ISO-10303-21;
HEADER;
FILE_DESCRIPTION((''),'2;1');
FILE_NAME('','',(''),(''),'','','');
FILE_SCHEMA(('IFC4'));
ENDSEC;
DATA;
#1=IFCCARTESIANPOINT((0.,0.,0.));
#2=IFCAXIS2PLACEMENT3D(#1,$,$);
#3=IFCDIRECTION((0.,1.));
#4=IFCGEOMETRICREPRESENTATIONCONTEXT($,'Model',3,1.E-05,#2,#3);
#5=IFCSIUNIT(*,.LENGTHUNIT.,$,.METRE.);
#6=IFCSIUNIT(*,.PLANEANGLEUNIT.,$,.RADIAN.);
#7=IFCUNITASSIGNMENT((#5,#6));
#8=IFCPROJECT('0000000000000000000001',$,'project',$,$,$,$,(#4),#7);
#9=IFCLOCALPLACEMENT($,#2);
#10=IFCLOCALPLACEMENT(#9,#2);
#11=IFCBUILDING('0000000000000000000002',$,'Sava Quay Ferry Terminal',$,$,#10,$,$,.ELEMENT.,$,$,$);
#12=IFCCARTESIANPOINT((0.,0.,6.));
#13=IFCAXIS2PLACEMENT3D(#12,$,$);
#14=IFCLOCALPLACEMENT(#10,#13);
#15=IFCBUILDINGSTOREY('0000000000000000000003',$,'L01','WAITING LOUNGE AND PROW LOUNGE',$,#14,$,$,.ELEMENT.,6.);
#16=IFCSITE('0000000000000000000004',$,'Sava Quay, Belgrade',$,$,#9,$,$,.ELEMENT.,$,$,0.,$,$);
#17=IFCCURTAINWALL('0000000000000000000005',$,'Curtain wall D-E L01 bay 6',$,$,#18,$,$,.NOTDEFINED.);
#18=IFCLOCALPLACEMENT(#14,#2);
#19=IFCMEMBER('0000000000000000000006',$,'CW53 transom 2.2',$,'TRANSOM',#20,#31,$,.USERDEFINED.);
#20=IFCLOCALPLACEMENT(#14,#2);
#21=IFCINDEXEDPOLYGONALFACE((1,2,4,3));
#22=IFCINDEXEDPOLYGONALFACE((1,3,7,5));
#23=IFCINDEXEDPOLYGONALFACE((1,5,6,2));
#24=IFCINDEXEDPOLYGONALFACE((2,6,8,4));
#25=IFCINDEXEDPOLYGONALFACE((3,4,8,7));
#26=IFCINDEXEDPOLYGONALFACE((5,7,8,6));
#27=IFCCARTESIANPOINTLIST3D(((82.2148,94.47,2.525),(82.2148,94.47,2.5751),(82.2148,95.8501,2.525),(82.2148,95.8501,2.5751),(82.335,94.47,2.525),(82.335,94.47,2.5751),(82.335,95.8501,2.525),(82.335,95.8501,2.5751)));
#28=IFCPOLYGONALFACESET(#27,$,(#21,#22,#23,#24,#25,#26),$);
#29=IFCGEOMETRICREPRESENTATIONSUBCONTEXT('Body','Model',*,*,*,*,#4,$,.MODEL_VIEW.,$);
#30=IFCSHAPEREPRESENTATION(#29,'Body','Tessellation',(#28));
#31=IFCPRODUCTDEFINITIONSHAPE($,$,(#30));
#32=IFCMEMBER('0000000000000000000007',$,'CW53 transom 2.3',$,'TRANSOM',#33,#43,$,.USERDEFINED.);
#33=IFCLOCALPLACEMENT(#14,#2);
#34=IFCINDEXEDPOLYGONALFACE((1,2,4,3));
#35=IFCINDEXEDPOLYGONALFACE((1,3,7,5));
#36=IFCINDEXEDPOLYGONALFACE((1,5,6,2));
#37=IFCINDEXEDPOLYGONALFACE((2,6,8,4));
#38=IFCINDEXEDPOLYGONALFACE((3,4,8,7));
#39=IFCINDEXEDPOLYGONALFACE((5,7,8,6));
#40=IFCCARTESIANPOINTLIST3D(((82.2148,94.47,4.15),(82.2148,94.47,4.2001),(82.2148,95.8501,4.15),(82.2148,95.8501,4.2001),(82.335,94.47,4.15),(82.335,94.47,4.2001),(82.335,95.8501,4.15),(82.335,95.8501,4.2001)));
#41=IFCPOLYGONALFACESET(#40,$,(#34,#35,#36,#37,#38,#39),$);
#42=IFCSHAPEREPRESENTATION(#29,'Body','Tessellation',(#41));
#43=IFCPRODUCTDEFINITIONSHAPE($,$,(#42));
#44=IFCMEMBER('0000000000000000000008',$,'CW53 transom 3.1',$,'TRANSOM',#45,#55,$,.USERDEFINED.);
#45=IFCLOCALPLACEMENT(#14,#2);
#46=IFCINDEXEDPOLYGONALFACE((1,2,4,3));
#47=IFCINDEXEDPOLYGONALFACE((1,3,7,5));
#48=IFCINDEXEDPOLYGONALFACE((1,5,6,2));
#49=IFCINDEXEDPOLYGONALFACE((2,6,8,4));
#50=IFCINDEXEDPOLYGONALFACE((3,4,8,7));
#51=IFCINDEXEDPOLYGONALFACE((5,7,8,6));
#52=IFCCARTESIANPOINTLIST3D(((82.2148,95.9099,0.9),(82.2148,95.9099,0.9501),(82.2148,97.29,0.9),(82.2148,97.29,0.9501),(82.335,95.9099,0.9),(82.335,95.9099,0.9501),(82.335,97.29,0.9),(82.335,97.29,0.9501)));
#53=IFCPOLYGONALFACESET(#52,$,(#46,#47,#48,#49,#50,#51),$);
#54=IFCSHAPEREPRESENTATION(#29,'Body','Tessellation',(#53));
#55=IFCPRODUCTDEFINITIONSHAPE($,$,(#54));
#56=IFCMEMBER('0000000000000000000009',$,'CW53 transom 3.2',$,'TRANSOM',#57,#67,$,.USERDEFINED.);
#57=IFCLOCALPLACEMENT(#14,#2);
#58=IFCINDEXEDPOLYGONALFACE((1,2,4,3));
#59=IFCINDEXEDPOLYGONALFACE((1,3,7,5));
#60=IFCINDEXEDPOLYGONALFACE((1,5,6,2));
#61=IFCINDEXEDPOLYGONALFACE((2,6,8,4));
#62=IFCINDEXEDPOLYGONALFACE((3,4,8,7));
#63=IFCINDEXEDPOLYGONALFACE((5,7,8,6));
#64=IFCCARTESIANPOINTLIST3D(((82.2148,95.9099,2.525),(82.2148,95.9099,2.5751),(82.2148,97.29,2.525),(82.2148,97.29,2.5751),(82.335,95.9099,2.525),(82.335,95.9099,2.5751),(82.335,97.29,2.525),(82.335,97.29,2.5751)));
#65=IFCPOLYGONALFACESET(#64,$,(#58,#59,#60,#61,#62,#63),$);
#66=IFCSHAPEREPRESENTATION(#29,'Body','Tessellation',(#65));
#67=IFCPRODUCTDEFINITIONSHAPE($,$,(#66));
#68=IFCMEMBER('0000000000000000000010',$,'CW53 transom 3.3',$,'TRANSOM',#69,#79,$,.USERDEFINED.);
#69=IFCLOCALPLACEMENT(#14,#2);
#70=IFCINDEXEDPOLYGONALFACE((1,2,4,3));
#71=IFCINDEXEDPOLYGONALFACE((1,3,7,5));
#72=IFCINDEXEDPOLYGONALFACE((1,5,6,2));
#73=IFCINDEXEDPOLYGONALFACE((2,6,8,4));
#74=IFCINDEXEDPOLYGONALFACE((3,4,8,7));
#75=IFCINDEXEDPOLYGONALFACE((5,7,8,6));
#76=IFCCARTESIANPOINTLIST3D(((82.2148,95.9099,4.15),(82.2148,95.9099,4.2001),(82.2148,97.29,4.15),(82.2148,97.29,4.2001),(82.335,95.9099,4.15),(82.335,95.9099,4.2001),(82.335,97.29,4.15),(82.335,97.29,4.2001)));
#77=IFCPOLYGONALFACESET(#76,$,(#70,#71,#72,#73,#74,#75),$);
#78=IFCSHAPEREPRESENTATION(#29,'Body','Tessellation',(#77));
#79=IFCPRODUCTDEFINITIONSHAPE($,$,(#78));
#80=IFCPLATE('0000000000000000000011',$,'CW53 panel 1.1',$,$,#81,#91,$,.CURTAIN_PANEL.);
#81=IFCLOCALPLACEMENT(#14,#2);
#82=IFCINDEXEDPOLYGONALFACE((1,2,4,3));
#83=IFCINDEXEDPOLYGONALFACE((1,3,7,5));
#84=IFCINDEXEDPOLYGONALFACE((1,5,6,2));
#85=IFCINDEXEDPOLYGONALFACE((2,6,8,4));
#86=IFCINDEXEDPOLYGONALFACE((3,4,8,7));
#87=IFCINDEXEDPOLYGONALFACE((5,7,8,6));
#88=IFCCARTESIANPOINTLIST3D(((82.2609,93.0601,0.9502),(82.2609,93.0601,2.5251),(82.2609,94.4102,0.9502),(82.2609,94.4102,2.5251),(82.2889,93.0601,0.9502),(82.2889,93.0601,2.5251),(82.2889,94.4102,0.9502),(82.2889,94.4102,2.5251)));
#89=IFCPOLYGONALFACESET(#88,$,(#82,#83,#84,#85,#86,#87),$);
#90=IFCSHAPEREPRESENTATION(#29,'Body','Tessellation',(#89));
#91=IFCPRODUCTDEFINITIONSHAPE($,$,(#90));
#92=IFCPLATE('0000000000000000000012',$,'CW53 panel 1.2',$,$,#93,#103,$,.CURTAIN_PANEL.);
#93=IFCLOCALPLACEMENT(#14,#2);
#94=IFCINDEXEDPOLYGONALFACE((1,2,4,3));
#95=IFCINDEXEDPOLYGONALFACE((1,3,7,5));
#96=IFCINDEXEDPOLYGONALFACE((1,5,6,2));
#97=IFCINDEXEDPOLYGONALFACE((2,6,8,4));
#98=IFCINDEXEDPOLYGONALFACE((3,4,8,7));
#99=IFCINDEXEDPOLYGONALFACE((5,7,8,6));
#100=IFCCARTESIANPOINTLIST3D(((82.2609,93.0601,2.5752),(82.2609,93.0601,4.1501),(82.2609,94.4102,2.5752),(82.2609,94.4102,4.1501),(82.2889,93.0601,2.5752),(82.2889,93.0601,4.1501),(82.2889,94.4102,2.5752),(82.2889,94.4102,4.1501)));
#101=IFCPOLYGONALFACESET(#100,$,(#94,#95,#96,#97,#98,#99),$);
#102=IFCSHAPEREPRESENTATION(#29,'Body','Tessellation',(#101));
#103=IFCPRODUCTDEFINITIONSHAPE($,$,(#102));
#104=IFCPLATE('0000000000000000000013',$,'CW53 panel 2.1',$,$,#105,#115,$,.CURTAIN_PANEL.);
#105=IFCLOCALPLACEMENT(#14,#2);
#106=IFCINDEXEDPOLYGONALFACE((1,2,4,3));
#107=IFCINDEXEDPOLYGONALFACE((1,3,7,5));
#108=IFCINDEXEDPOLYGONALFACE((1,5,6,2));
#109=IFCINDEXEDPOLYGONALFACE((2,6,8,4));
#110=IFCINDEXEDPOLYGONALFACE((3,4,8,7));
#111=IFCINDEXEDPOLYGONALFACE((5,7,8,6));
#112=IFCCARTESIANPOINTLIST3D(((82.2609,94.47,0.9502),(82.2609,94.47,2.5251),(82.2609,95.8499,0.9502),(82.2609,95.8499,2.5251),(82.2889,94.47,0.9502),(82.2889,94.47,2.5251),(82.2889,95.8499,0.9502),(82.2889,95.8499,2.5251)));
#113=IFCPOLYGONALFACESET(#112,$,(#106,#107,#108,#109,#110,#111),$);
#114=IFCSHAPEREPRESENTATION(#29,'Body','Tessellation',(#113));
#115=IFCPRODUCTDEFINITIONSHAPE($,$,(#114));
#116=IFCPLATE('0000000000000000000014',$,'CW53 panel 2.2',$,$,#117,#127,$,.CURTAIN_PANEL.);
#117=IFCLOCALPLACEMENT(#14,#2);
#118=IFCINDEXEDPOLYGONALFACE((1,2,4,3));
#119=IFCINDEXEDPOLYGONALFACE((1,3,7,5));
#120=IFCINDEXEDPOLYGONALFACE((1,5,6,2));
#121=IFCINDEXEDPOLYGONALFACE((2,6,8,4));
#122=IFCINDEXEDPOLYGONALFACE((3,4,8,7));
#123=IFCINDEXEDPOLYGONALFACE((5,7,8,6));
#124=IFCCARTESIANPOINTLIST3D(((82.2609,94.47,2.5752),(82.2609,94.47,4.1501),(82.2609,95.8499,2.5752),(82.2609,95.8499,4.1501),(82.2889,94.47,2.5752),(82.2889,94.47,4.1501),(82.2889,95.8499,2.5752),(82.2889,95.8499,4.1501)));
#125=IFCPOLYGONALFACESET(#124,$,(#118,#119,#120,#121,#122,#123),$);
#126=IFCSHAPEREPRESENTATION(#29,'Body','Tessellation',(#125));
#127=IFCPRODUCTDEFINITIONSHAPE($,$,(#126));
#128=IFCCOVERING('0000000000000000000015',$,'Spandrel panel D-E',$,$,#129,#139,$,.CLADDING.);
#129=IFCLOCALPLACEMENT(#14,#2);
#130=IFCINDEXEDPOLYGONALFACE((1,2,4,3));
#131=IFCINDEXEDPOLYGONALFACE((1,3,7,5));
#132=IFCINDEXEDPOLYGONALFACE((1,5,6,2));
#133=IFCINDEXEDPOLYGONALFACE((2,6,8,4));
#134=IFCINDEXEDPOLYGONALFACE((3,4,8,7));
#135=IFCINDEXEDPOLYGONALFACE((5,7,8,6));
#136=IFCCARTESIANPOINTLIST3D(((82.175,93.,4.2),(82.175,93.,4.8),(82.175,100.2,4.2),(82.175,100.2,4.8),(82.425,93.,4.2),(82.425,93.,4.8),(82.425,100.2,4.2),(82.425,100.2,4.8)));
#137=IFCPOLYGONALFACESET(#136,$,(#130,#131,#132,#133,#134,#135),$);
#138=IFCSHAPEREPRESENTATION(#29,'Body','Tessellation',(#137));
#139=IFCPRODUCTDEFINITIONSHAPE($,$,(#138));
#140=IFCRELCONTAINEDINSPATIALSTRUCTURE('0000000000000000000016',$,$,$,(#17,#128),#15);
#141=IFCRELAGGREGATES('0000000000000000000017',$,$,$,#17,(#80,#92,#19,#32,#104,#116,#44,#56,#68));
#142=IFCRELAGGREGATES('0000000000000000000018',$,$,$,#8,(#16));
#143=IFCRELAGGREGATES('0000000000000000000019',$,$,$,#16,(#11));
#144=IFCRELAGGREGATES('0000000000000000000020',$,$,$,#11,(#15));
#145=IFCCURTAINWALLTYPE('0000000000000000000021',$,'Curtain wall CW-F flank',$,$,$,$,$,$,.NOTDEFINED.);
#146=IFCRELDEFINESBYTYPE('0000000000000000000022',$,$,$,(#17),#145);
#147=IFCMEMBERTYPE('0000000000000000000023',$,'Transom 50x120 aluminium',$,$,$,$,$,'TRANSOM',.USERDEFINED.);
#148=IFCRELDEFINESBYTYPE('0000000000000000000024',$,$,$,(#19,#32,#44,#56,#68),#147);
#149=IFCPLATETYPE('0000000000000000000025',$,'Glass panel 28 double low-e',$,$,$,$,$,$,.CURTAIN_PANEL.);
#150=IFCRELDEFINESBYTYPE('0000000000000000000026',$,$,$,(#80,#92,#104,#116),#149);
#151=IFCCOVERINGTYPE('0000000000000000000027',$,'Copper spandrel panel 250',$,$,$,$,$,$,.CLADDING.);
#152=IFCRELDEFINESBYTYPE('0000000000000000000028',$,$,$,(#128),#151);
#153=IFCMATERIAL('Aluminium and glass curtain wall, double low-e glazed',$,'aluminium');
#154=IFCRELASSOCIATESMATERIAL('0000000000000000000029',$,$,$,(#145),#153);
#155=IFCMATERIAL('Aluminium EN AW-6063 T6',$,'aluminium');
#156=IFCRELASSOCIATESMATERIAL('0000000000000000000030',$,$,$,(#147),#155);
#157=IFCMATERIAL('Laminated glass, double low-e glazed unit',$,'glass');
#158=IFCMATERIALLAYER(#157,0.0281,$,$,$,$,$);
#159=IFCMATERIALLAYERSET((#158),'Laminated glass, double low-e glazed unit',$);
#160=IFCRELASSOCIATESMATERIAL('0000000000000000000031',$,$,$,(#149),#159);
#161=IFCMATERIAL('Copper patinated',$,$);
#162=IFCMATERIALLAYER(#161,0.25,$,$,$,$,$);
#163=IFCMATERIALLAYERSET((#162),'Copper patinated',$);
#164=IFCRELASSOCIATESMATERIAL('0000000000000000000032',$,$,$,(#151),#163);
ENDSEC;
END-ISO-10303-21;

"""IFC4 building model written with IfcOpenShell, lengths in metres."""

from ifc_helpers import new_model, si_unit, direction, frame, origin, origin_2d, place, context, subcontext, project, spatial, polyline, rectangle, outline, extrude, material, layer, layer_set, material_profile, profile_set, type_object, element, aggregate, save


model = new_model("IFC4")

# Units and contexts
model_context = context("Model", 3, precision=1e-05, world=origin(), true_north=direction((0.0, 1.0)))
body_context = subcontext(model_context, "Body", "Model", "MODEL_VIEW")
ifc_project = project(units=[si_unit("LENGTHUNIT", "METRE"), si_unit("PLANEANGLEUNIT", "RADIAN")], contexts=[model_context])

# Site, building, storey
site_placement = place(None, origin())
site = spatial("IfcSite", under=ifc_project, at=site_placement, Name="Sava Quay, Belgrade", CompositionType="ELEMENT", RefElevation=0.0)
building_placement = place(site_placement, origin())
building = spatial("IfcBuilding", under=site, at=building_placement, Name="Sava Quay Ferry Terminal", CompositionType="ELEMENT")
storey_placement = place(building_placement, frame((0.0, 0.0, 6.0)))
storey = spatial("IfcBuildingStorey", under=building, at=storey_placement, Name="L01", Description="WAITING LOUNGE AND PROW LOUNGE", CompositionType="ELEMENT", Elevation=6.0)

# Curtain wall, members, plates
ifc_material_1 = material(Name="Aluminium and glass curtain wall, double low-e glazed", Category="aluminium")
curtain_wall_type = type_object("IfcCurtainWallType", Name="Curtain wall CW-F flank", PredefinedType="NOTDEFINED", material=ifc_material_1)
curtain_wall_placement = place(storey_placement, origin())
curtain_wall = element("IfcCurtainWall", 1, at=curtain_wall_placement, inside=storey, type_object=curtain_wall_type, Name="Curtain wall D-E L01 bay 6", PredefinedType="NOTDEFINED")
ifc_material_2 = material(Name="Aluminium EN AW-6063 T6", Category="aluminium")
ifc_material_profile_1 = material_profile(ifc_material_2, rectangle(XDim=0.1201, YDim=0.05, at=origin_2d()), Name="Transom 50x120 aluminium")
ifc_profile_set_1 = profile_set([ifc_material_profile_1], Name="Aluminium EN AW-6063 T6")
member_type_1 = type_object("IfcMemberType", Name="Transom 50x120 aluminium", ElementType="TRANSOM", PredefinedType="USERDEFINED", material=ifc_profile_set_1)
member_1_placement = place(storey_placement, frame((82.2749, 94.47, 2.55), z_axis=(0.0, 1.0, 0.0), x_axis=(-1.0, 0.0, 0.0)))
member_1 = element("IfcMember", 2, at=member_1_placement, type_object=member_type_1, Name="CW53 transom 2.2", ObjectType="TRANSOM", PredefinedType="USERDEFINED", context=body_context, shape_type="SweptSolid", body=[
    extrude(rectangle(XDim=0.1201, YDim=0.05, at=origin_2d()), origin(), (0.0, 0.0, 1.0), 1.3801),
])
member_2_placement = place(storey_placement, frame((82.2749, 94.47, 4.175), z_axis=(0.0, 1.0, 0.0), x_axis=(-1.0, 0.0, 0.0)))
member_2 = element("IfcMember", 3, at=member_2_placement, type_object=member_type_1, Name="CW53 transom 2.3", ObjectType="TRANSOM", PredefinedType="USERDEFINED", context=body_context, shape_type="SweptSolid", body=[
    extrude(rectangle(XDim=0.1201, YDim=0.05, at=origin_2d()), origin(), (0.0, 0.0, 1.0), 1.3801),
])
member_3_placement = place(storey_placement, frame((82.2749, 95.9099, 0.925), z_axis=(0.0, 1.0, 0.0), x_axis=(-1.0, 0.0, 0.0)))
member_3 = element("IfcMember", 4, at=member_3_placement, type_object=member_type_1, Name="CW53 transom 3.1", ObjectType="TRANSOM", PredefinedType="USERDEFINED", context=body_context, shape_type="SweptSolid", body=[
    extrude(rectangle(XDim=0.1201, YDim=0.05, at=origin_2d()), origin(), (0.0, 0.0, 1.0), 1.3801),
])
member_4_placement = place(storey_placement, frame((82.2749, 95.9099, 2.55), z_axis=(0.0, 1.0, 0.0), x_axis=(-1.0, 0.0, 0.0)))
member_4 = element("IfcMember", 5, at=member_4_placement, type_object=member_type_1, Name="CW53 transom 3.2", ObjectType="TRANSOM", PredefinedType="USERDEFINED", context=body_context, shape_type="SweptSolid", body=[
    extrude(rectangle(XDim=0.1201, YDim=0.05, at=origin_2d()), origin(), (0.0, 0.0, 1.0), 1.3801),
])
member_5_placement = place(storey_placement, frame((82.2749, 95.9099, 4.175), z_axis=(0.0, 1.0, 0.0), x_axis=(-1.0, 0.0, 0.0)))
member_5 = element("IfcMember", 6, at=member_5_placement, type_object=member_type_1, Name="CW53 transom 3.3", ObjectType="TRANSOM", PredefinedType="USERDEFINED", context=body_context, shape_type="SweptSolid", body=[
    extrude(rectangle(XDim=0.1201, YDim=0.05, at=origin_2d()), origin(), (0.0, 0.0, 1.0), 1.3801),
])
ifc_material_3 = material(Name="Laminated glass, double low-e glazed unit", Category="glass")
ifc_layer_1 = layer(ifc_material_3, 0.0281)
ifc_layer_set_1 = layer_set([ifc_layer_1], Name="Laminated glass, double low-e glazed unit")
plate_type = type_object("IfcPlateType", Name="Glass panel 28 double low-e", PredefinedType="CURTAIN_PANEL", material=ifc_layer_set_1)
plate_1_placement = place(storey_placement, frame((82.2749, 93.7351, 0.9502), z_axis=(0.0, 0.0, 1.0), x_axis=(0.0, 1.0, 0.0)))
plate_1 = element("IfcPlate", 7, at=plate_1_placement, type_object=plate_type, Name="CW53 panel 1.1", PredefinedType="CURTAIN_PANEL", context=body_context, shape_type="SweptSolid", body=[
    extrude(rectangle(XDim=1.3501, YDim=0.0281, at=origin_2d()), origin(), (0.0, 0.0, 1.0), 1.575),
])
plate_2_placement = place(storey_placement, frame((82.2749, 93.7351, 2.5752), z_axis=(0.0, 0.0, 1.0), x_axis=(0.0, 1.0, 0.0)))
plate_2 = element("IfcPlate", 8, at=plate_2_placement, type_object=plate_type, Name="CW53 panel 1.2", PredefinedType="CURTAIN_PANEL", context=body_context, shape_type="SweptSolid", body=[
    extrude(rectangle(XDim=1.3501, YDim=0.0281, at=origin_2d()), origin(), (0.0, 0.0, 1.0), 1.575),
])
plate_3_placement = place(storey_placement, frame((82.2749, 95.1599, 0.9502), z_axis=(0.0, 0.0, 1.0), x_axis=(0.0, 1.0, 0.0)))
plate_3 = element("IfcPlate", 9, at=plate_3_placement, type_object=plate_type, Name="CW53 panel 2.1", PredefinedType="CURTAIN_PANEL", context=body_context, shape_type="SweptSolid", body=[
    extrude(rectangle(XDim=1.3799, YDim=0.0281, at=origin_2d()), origin(), (0.0, 0.0, 1.0), 1.575),
])
plate_4_placement = place(storey_placement, frame((82.2749, 95.1599, 2.5752), z_axis=(0.0, 0.0, 1.0), x_axis=(0.0, 1.0, 0.0)))
plate_4 = element("IfcPlate", 10, at=plate_4_placement, type_object=plate_type, Name="CW53 panel 2.2", PredefinedType="CURTAIN_PANEL", context=body_context, shape_type="SweptSolid", body=[
    extrude(rectangle(XDim=1.3799, YDim=0.0281, at=origin_2d()), origin(), (0.0, 0.0, 1.0), 1.575),
])
aggregate(curtain_wall, [plate_1, plate_2, member_1, member_2, plate_3, plate_4, member_3, member_4, member_5])

# Covering
ifc_material_4 = material(Name="Copper patinated")
ifc_layer_2 = layer(ifc_material_4, 0.25)
ifc_layer_set_2 = layer_set([ifc_layer_2], Name="Copper patinated")
covering_type = type_object("IfcCoveringType", Name="Copper spandrel panel 250", PredefinedType="CLADDING", material=ifc_layer_set_2)
covering_placement = place(storey_placement, frame((82.3, 93.0, 4.2), z_axis=(0.0, 0.0, 1.0), x_axis=(0.0, 1.0, 0.0)))
element("IfcCovering", 11, at=covering_placement, inside=storey, type_object=covering_type, Name="Spandrel panel D-E", PredefinedType="CLADDING", context=body_context, shape_type="SweptSolid", body=[
    extrude(outline(polyline([(0.0, 0.0), (7.2, 0.0), (7.2, 0.6001), (0.0, 0.6001), (0.0, 0.0)])), frame((0.0, 0.125, 0.0), z_axis=(0.0, -1.0, 0.0), x_axis=(1.0, 0.0, 0.0)), (0.0, 0.0, 1.0), 0.25),
])

save(model, "model.ifc")
